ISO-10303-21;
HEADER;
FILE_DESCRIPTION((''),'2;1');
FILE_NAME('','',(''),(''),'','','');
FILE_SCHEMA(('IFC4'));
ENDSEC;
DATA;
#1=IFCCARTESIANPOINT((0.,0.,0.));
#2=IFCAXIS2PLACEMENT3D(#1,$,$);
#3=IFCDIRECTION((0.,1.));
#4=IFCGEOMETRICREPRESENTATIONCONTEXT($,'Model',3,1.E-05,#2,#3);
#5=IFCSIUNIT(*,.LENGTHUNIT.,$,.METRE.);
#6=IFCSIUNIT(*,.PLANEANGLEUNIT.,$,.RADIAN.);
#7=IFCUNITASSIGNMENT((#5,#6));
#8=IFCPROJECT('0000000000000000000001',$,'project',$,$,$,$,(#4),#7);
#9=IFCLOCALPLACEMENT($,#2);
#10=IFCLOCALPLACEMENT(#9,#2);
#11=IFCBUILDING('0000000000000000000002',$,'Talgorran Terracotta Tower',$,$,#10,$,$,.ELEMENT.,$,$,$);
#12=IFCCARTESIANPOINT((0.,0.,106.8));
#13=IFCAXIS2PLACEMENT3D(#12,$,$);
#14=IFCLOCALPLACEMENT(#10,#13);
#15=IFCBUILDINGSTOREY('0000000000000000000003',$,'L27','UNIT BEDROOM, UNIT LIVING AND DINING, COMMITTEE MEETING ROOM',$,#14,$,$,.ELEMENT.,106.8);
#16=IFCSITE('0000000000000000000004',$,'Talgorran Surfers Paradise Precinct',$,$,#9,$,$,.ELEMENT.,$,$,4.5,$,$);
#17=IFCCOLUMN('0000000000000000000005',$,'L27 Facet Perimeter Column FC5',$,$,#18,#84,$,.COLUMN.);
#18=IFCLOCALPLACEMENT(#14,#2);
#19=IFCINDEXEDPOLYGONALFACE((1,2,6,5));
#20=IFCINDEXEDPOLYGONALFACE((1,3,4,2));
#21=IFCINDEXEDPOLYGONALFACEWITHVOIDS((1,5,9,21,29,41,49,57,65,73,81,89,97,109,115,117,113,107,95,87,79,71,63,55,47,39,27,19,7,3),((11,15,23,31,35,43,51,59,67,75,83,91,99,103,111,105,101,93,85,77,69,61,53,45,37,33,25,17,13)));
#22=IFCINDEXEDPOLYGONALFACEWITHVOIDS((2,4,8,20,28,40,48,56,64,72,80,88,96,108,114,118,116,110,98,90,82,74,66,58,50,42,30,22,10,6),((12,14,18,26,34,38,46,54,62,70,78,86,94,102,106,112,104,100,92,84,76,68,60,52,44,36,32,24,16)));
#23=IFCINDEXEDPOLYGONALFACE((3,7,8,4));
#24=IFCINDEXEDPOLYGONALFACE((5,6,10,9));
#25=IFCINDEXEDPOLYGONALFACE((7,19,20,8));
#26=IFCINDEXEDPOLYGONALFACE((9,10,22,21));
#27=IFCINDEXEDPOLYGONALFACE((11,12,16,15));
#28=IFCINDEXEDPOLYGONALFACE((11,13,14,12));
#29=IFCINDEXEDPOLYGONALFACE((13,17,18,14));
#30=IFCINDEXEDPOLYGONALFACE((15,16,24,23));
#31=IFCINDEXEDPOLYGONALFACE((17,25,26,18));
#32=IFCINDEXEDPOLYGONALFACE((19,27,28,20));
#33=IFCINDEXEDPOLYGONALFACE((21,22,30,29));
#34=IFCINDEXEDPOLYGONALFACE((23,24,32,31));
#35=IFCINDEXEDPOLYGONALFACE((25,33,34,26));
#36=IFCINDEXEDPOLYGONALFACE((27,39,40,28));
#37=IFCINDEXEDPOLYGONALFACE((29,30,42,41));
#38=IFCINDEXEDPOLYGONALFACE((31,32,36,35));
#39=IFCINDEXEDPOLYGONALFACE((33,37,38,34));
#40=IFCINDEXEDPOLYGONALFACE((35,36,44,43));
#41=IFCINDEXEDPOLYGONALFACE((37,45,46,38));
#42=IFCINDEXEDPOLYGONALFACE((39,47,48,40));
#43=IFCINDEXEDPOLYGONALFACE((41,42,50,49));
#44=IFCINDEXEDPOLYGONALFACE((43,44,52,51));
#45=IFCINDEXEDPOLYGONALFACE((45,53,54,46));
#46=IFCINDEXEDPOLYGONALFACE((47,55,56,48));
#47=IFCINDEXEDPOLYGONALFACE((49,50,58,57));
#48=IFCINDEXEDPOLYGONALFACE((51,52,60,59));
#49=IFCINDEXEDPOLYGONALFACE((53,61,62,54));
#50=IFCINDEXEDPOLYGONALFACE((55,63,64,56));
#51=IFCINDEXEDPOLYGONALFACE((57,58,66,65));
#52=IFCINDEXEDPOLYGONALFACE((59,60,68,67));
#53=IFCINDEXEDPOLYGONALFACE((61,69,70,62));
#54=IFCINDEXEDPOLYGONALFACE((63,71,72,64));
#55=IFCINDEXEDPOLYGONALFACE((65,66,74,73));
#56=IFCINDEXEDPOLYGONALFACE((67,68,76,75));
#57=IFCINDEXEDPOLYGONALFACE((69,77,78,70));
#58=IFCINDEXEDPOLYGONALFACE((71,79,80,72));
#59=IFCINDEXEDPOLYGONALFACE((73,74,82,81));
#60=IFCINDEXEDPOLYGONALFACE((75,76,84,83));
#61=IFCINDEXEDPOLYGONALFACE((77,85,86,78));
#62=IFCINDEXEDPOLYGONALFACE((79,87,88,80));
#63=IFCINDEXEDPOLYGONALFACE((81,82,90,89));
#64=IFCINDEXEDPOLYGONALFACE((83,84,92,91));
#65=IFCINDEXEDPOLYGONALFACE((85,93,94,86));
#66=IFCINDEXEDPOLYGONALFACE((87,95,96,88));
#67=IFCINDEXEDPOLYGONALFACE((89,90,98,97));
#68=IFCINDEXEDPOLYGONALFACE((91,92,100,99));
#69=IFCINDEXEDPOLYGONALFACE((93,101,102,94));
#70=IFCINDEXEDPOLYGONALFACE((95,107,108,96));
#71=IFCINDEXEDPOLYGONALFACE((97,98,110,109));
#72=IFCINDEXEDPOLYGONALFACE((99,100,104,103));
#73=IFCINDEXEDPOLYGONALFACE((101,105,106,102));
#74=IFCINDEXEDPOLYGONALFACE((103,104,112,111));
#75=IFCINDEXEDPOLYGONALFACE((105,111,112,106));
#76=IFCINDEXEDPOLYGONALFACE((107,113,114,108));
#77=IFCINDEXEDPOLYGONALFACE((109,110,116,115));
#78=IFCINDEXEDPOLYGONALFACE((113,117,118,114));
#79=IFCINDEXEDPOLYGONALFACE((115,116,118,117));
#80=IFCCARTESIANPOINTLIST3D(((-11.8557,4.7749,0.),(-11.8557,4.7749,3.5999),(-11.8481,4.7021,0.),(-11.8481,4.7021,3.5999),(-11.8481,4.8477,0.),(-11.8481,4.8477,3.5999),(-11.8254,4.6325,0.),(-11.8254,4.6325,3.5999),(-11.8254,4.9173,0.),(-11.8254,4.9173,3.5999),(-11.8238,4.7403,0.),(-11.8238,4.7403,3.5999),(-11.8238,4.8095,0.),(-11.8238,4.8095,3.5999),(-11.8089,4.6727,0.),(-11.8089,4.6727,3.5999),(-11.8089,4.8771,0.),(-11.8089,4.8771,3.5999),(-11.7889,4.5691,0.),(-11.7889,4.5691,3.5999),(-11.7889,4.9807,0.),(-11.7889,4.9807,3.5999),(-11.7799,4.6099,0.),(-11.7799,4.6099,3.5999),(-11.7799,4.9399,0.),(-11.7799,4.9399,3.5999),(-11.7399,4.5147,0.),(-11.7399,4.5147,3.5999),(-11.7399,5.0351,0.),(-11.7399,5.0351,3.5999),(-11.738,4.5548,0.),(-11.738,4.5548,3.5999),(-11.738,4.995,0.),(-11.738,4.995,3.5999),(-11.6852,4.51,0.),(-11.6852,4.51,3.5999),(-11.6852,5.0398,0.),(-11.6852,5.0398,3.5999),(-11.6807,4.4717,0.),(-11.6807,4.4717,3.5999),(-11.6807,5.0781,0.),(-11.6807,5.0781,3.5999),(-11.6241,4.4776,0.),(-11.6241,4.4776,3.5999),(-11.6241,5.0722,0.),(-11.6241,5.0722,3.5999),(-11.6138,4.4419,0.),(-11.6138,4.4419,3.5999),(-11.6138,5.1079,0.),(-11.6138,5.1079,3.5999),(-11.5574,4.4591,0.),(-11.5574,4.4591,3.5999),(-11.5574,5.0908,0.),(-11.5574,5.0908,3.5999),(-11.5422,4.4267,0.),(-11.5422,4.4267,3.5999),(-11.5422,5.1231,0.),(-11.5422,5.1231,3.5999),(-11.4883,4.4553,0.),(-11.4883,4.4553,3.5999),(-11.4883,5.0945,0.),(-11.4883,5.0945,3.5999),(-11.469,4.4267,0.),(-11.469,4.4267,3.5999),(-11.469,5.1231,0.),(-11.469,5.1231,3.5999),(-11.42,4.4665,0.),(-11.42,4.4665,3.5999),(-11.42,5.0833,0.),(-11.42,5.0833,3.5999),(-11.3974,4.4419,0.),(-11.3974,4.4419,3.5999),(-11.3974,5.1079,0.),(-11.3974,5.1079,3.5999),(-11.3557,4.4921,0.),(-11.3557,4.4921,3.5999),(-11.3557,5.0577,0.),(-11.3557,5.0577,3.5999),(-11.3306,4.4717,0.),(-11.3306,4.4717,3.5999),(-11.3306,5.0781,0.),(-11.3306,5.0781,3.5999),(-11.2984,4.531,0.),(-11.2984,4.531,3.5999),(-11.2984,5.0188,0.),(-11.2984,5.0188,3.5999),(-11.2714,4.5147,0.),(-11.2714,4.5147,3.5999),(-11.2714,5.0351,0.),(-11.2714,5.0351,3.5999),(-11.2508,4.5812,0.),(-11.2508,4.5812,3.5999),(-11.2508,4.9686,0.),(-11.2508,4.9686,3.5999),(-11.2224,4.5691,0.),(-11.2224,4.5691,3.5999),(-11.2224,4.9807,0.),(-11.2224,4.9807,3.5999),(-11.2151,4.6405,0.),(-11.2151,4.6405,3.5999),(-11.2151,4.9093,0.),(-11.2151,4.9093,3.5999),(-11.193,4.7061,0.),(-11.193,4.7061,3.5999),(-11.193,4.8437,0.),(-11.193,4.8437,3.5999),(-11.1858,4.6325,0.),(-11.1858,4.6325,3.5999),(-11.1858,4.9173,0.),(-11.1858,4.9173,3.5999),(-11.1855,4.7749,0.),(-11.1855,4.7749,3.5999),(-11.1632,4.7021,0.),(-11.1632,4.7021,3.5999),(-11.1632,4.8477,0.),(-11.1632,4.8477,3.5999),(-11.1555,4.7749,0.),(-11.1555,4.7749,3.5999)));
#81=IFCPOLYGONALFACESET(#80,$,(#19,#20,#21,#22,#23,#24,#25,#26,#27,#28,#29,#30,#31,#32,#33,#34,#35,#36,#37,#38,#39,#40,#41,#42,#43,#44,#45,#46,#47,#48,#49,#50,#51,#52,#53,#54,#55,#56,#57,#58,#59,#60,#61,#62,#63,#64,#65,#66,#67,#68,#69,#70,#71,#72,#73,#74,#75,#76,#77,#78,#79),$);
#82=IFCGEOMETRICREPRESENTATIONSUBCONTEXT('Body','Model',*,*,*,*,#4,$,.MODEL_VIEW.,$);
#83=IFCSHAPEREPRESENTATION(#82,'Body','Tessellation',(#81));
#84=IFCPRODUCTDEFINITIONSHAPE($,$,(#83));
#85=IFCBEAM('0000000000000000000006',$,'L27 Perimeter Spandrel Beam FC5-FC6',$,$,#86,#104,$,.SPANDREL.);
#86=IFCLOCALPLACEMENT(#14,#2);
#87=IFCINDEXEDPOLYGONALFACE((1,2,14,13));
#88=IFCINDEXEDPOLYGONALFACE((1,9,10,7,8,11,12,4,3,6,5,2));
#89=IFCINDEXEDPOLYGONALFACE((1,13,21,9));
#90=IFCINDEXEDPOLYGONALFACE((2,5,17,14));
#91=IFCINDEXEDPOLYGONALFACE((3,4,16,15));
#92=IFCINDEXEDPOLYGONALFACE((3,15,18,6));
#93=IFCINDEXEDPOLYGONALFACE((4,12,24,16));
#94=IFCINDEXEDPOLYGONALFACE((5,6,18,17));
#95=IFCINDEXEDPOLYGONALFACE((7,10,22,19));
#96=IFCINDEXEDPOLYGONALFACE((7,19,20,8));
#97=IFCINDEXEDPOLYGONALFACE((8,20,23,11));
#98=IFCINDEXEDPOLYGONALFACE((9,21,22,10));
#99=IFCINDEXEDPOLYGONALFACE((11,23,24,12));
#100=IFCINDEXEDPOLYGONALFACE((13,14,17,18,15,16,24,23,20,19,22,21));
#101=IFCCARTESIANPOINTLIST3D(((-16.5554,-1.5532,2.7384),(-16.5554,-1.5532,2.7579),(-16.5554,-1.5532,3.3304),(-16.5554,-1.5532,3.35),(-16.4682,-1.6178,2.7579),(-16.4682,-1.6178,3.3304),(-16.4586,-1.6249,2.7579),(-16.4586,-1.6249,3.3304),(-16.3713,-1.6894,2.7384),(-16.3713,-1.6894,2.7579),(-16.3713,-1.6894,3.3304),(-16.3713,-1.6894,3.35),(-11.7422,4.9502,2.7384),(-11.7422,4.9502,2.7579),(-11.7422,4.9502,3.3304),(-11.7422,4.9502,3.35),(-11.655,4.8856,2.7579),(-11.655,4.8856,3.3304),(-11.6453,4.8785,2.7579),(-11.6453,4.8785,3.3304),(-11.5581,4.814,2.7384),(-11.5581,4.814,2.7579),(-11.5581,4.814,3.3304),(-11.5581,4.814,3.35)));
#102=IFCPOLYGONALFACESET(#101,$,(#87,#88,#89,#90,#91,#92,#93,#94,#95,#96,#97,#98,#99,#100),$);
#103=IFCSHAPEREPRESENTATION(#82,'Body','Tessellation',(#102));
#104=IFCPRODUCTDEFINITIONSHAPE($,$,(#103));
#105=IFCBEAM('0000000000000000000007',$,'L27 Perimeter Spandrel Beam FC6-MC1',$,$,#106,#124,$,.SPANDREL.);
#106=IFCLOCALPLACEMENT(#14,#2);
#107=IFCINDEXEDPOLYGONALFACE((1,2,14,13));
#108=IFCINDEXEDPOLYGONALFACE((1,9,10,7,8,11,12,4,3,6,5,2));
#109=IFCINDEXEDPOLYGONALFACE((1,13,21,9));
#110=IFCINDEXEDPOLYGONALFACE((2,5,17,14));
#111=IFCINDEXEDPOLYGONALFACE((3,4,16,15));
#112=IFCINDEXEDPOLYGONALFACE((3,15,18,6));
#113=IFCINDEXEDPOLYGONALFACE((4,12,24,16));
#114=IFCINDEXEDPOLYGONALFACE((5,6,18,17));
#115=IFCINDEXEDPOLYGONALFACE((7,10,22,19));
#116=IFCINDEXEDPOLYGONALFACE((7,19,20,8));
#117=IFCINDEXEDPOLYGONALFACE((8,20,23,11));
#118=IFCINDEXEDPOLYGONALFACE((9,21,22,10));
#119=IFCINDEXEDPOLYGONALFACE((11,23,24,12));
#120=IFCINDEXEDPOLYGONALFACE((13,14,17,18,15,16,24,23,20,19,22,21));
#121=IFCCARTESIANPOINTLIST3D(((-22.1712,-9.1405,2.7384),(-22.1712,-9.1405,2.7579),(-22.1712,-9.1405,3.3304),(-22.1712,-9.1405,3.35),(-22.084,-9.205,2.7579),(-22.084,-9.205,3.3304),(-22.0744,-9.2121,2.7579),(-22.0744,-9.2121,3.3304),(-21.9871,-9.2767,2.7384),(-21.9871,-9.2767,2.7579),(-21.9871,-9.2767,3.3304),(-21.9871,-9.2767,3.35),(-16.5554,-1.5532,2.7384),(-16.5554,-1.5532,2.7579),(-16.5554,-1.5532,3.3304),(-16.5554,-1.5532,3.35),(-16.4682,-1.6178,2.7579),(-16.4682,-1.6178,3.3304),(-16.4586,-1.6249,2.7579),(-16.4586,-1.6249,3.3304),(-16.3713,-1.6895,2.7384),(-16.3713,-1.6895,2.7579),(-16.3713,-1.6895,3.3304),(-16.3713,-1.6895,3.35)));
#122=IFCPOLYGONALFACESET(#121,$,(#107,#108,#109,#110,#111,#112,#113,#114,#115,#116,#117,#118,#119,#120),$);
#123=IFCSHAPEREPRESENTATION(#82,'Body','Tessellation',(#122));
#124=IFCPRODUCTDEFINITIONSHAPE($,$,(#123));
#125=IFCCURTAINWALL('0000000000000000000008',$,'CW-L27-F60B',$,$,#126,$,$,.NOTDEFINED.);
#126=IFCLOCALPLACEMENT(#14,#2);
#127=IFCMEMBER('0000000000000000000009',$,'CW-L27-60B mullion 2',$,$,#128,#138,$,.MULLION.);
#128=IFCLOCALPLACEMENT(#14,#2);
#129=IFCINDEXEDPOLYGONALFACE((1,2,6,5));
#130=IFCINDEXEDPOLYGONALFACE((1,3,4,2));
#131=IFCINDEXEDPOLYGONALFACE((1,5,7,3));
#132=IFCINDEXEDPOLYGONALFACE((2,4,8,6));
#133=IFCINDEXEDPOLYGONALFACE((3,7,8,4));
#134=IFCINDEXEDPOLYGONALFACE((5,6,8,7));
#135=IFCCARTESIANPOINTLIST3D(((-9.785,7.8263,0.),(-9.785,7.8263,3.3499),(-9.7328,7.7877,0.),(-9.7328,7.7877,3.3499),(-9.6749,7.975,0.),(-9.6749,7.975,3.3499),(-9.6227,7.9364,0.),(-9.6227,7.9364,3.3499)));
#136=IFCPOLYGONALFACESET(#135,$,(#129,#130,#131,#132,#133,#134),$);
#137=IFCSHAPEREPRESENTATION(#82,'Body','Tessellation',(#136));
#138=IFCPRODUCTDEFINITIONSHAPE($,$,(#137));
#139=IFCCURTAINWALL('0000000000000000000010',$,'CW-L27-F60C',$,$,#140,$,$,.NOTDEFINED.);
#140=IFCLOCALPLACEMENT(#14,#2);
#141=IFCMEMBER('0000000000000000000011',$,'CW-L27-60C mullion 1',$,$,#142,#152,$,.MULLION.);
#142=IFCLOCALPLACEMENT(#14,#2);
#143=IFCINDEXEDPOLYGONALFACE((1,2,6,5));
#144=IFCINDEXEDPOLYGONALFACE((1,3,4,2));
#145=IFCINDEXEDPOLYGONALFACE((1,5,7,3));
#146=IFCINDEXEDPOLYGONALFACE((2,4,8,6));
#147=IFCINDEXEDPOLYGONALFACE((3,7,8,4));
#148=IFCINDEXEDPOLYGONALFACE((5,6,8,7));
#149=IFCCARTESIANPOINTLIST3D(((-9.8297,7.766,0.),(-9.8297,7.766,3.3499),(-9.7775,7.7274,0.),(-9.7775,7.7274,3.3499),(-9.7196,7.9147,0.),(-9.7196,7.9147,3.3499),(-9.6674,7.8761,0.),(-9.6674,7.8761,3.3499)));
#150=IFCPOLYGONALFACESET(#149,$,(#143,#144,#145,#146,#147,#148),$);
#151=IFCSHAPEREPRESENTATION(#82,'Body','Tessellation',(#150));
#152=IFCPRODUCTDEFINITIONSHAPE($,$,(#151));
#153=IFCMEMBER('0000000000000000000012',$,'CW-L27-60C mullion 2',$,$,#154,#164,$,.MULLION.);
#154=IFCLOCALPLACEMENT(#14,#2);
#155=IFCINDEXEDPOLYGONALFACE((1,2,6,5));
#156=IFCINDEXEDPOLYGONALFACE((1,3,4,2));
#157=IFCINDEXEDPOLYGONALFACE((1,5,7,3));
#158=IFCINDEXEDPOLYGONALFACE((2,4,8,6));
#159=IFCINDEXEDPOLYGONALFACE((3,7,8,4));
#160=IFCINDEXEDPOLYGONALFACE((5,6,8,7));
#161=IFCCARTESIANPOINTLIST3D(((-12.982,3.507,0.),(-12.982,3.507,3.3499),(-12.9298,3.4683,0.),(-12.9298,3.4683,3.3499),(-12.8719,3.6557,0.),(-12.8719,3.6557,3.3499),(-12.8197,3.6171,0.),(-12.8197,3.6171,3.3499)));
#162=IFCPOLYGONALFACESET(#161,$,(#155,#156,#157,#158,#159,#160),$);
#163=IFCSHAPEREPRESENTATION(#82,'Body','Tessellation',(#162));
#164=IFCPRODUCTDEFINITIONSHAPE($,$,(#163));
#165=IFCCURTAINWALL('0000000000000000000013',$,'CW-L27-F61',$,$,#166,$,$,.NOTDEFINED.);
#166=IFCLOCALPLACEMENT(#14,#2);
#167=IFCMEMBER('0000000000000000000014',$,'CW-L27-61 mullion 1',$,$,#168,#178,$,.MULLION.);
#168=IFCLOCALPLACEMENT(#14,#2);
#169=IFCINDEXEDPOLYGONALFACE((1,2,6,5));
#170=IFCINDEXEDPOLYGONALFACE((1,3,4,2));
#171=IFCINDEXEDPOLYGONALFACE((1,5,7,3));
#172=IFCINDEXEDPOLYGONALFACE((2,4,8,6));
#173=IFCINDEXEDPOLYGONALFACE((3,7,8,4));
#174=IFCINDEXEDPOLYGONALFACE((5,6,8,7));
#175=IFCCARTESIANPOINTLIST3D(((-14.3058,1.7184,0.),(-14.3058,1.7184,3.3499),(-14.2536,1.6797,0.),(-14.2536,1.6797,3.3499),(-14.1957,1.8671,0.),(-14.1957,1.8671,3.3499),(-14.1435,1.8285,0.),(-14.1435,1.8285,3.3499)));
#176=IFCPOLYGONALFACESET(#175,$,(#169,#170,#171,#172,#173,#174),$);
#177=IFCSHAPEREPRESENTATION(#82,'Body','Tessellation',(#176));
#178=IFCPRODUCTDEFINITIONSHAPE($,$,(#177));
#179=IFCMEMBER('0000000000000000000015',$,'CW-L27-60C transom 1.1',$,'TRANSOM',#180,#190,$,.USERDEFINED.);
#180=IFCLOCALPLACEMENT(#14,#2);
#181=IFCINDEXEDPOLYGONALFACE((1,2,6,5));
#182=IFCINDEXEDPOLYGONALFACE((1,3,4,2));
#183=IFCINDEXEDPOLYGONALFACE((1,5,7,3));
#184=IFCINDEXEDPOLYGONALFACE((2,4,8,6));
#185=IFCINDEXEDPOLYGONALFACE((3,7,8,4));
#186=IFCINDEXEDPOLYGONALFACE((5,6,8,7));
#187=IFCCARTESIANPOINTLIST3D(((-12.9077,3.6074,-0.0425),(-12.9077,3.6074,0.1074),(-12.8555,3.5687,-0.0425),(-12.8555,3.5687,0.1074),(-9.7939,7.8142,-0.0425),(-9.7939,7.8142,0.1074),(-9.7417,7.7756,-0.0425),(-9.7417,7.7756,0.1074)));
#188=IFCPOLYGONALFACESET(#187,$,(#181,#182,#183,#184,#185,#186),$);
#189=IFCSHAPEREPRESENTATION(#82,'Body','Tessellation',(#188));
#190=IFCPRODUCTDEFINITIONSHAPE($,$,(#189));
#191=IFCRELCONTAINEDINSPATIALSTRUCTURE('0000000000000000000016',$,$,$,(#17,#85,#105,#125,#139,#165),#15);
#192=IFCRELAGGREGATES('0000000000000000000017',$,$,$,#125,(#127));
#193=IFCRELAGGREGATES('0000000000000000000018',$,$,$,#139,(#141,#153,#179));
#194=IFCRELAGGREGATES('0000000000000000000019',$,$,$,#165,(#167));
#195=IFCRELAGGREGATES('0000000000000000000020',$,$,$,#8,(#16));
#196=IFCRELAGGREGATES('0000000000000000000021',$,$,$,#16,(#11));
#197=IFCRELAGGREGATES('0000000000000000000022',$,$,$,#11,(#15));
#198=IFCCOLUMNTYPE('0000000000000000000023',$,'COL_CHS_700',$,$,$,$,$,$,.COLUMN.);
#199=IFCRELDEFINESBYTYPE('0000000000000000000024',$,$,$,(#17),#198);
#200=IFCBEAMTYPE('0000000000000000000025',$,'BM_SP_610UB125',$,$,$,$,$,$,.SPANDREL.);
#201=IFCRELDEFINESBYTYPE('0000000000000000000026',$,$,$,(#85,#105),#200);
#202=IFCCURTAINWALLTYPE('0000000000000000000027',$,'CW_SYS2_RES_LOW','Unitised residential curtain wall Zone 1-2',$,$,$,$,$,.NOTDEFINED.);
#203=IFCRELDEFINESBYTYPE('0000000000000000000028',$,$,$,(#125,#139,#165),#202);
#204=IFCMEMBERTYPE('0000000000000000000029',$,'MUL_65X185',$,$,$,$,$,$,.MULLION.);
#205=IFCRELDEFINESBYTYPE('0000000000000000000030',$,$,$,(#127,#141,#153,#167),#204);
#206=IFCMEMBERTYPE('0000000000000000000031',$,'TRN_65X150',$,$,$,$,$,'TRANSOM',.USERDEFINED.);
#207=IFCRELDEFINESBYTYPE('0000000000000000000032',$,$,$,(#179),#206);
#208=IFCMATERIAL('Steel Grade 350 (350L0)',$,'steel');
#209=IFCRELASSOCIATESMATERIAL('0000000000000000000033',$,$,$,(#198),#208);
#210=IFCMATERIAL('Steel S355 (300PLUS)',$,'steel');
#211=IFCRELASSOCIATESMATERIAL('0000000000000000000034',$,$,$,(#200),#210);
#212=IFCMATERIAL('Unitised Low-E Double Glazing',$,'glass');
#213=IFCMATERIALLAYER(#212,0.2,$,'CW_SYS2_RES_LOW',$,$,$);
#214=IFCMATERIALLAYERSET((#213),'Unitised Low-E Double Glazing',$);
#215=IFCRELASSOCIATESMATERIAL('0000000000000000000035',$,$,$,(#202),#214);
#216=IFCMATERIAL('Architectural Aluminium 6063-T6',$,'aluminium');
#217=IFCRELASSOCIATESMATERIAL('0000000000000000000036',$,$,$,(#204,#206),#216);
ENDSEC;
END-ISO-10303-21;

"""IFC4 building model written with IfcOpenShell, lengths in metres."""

from ifc_helpers import new_model, si_unit, direction, frame, origin, origin_2d, place, context, subcontext, project, spatial, rectangle, hollow_circle, i_section, extrude, material, layer, layer_set, material_profile, profile_set, type_object, element, aggregate, save


model = new_model("IFC4")

# Units and contexts
model_context = context("Model", 3, precision=1e-05, world=origin(), true_north=direction((0.0, 1.0)))
body_context = subcontext(model_context, "Body", "Model", "MODEL_VIEW")
ifc_project = project(units=[si_unit("LENGTHUNIT", "METRE"), si_unit("PLANEANGLEUNIT", "RADIAN")], contexts=[model_context])

# Site, building, storey
site_placement = place(None, origin())
site = spatial("IfcSite", under=ifc_project, at=site_placement, Name="Talgorran Surfers Paradise Precinct", CompositionType="ELEMENT", RefElevation=4.5)
building_placement = place(site_placement, origin())
building = spatial("IfcBuilding", under=site, at=building_placement, Name="Talgorran Terracotta Tower", CompositionType="ELEMENT")
storey_placement = place(building_placement, frame((0.0, 0.0, 106.8)))
storey = spatial("IfcBuildingStorey", under=building, at=storey_placement, Name="L27", Description="UNIT BEDROOM, UNIT LIVING AND DINING, COMMITTEE MEETING ROOM", CompositionType="ELEMENT", Elevation=106.8)

# Column
ifc_material_1 = material(Name="Steel Grade 350 (350L0)", Category="steel")
ifc_material_profile_1 = material_profile(ifc_material_1, hollow_circle(Radius=0.3501, WallThickness=0.03, at=origin_2d()), Name="CHS700X30")
ifc_profile_set_1 = profile_set([ifc_material_profile_1], Name="Steel Grade 350 (350L0)")
column_type = type_object("IfcColumnType", Name="COL_CHS_700", PredefinedType="COLUMN", material=ifc_profile_set_1)
column_placement = place(storey_placement, frame((-11.5056, 4.7749, 0.0), z_axis=(0.0, 0.0, 1.0), x_axis=(1.0, 0.0, 0.0)))
element("IfcColumn", 1, at=column_placement, inside=storey, type_object=column_type, Name="L27 Facet Perimeter Column FC5", PredefinedType="COLUMN", context=body_context, shape_type="SweptSolid", body=[
    extrude(hollow_circle(Radius=0.3501, WallThickness=0.03, at=origin_2d()), origin(), (0.0, 0.0, 1.0), 3.5999),
])

# Beams
ifc_material_2 = material(Name="Steel S355 (300PLUS)", Category="steel")
ifc_material_profile_2 = material_profile(ifc_material_2, i_section(OverallWidth=0.229, OverallDepth=0.6116, WebThickness=0.012, FlangeThickness=0.0195, at=origin_2d()), Name="610UB125")
ifc_profile_set_2 = profile_set([ifc_material_profile_2], Name="Steel S355 (300PLUS)")
beam_type = type_object("IfcBeamType", Name="BM_SP_610UB125", PredefinedType="SPANDREL", material=ifc_profile_set_2)
beam_1_placement = place(storey_placement, frame((-11.6501, 4.8821, 3.0442), z_axis=(-0.594899, -0.8038, 0.0), x_axis=(0.8038, -0.594899, 0.0)))
element("IfcBeam", 2, at=beam_1_placement, inside=storey, type_object=beam_type, Name="L27 Perimeter Spandrel Beam FC5-FC6", PredefinedType="SPANDREL", context=body_context, shape_type="SweptSolid", body=[
    extrude(i_section(OverallWidth=0.229, OverallDepth=0.6116, WebThickness=0.012, FlangeThickness=0.0195, at=origin_2d()), origin(), (0.0, 0.0, 1.0), 8.0908),
])
beam_2_placement = place(storey_placement, frame((-16.4634, -1.6213, 3.0442), z_axis=(-0.594927, -0.80378, 0.0), x_axis=(0.80378, -0.594927, 0.0)))
element("IfcBeam", 3, at=beam_2_placement, inside=storey, type_object=beam_type, Name="L27 Perimeter Spandrel Beam FC6-MC1", PredefinedType="SPANDREL", context=body_context, shape_type="SweptSolid", body=[
    extrude(i_section(OverallWidth=0.229, OverallDepth=0.6116, WebThickness=0.012, FlangeThickness=0.0195, at=origin_2d()), origin(), (0.0, 0.0, 1.0), 9.4395),
])

# Curtain wall, member
ifc_material_3 = material(Name="Unitised Low-E Double Glazing", Category="glass")
ifc_layer_1 = layer(ifc_material_3, 0.2, Name="CW_SYS2_RES_LOW")
ifc_layer_set_1 = layer_set([ifc_layer_1], Name="Unitised Low-E Double Glazing")
curtain_wall_type = type_object("IfcCurtainWallType", Name="CW_SYS2_RES_LOW", Description="Unitised residential curtain wall Zone 1-2", PredefinedType="NOTDEFINED", material=ifc_layer_set_1)
curtain_wall_1_placement = place(storey_placement, origin())
curtain_wall_1 = element("IfcCurtainWall", 4, at=curtain_wall_1_placement, inside=storey, type_object=curtain_wall_type, Name="CW-L27-F60B", PredefinedType="NOTDEFINED")
ifc_material_4 = material(Name="Architectural Aluminium 6063-T6", Category="aluminium")
ifc_material_profile_3 = material_profile(ifc_material_4, rectangle(XDim=0.0649, YDim=0.1851, at=origin_2d()), Name="CWM65X185")
ifc_profile_set_3 = profile_set([ifc_material_profile_3], Name="Architectural Aluminium 6063-T6")
member_type_1 = type_object("IfcMemberType", Name="MUL_65X185", PredefinedType="MULLION", material=ifc_profile_set_3)
member_1_placement = place(storey_placement, frame((-9.7039, 7.8813, 0.0), z_axis=(0.0, 0.0, 1.0), x_axis=(0.803792, -0.59491, 0.0)))
member_1 = element("IfcMember", 5, at=member_1_placement, type_object=member_type_1, Name="CW-L27-60B mullion 2", PredefinedType="MULLION", context=body_context, shape_type="SweptSolid", body=[
    extrude(rectangle(XDim=0.0649, YDim=0.1851, at=origin_2d()), origin(), (0.0, 0.0, 1.0), 3.3499),
])
aggregate(curtain_wall_1, [member_1])

# Curtain wall, members
curtain_wall_2_placement = place(storey_placement, origin())
curtain_wall_2 = element("IfcCurtainWall", 6, at=curtain_wall_2_placement, inside=storey, type_object=curtain_wall_type, Name="CW-L27-F60C", PredefinedType="NOTDEFINED")
member_2_placement = place(storey_placement, frame((-9.7485, 7.821, 0.0), z_axis=(0.0, 0.0, 1.0), x_axis=(0.803792, -0.594911, 0.0)))
member_2 = element("IfcMember", 7, at=member_2_placement, type_object=member_type_1, Name="CW-L27-60C mullion 1", PredefinedType="MULLION", context=body_context, shape_type="SweptSolid", body=[
    extrude(rectangle(XDim=0.0649, YDim=0.1851, at=origin_2d()), origin(), (0.0, 0.0, 1.0), 3.3499),
])
member_3_placement = place(storey_placement, frame((-12.9009, 3.562, 0.0), z_axis=(0.0, 0.0, 1.0), x_axis=(0.803792, -0.594911, 0.0)))
member_3 = element("IfcMember", 8, at=member_3_placement, type_object=member_type_1, Name="CW-L27-60C mullion 2", PredefinedType="MULLION", context=body_context, shape_type="SweptSolid", body=[
    extrude(rectangle(XDim=0.0649, YDim=0.1851, at=origin_2d()), origin(), (0.0, 0.0, 1.0), 3.3499),
])

# Curtain wall, member
curtain_wall_3_placement = place(storey_placement, origin())
curtain_wall_3 = element("IfcCurtainWall", 9, at=curtain_wall_3_placement, inside=storey, type_object=curtain_wall_type, Name="CW-L27-F61", PredefinedType="NOTDEFINED")
member_4_placement = place(storey_placement, frame((-14.2246, 1.7734, 0.0), z_axis=(0.0, 0.0, 1.0), x_axis=(0.803792, -0.59491, 0.0)))
member_4 = element("IfcMember", 10, at=member_4_placement, type_object=member_type_1, Name="CW-L27-61 mullion 1", PredefinedType="MULLION", context=body_context, shape_type="SweptSolid", body=[
    extrude(rectangle(XDim=0.0649, YDim=0.1851, at=origin_2d()), origin(), (0.0, 0.0, 1.0), 3.3499),
])

# Member
ifc_material_profile_4 = material_profile(ifc_material_4, rectangle(XDim=0.0649, YDim=0.1499, at=origin_2d()), Name="CWT65X150")
ifc_profile_set_4 = profile_set([ifc_material_profile_4], Name="Architectural Aluminium 6063-T6")
member_type_2 = type_object("IfcMemberType", Name="TRN_65X150", ElementType="TRANSOM", PredefinedType="USERDEFINED", material=ifc_profile_set_4)
member_5_placement = place(storey_placement, frame((-9.7678, 7.7949, 0.0325), z_axis=(-0.594935, -0.803774, 0.0), x_axis=(0.803774, -0.594935, 0.0)))
member_5 = element("IfcMember", 11, at=member_5_placement, type_object=member_type_2, Name="CW-L27-60C transom 1.1", ObjectType="TRANSOM", PredefinedType="USERDEFINED", context=body_context, shape_type="SweptSolid", body=[
    extrude(rectangle(XDim=0.0649, YDim=0.1499, at=origin_2d()), origin(), (0.0, 0.0, 1.0), 5.2339),
])

aggregate(curtain_wall_2, [member_2, member_3, member_5])
aggregate(curtain_wall_3, [member_4])

save(model, "model.ifc")
